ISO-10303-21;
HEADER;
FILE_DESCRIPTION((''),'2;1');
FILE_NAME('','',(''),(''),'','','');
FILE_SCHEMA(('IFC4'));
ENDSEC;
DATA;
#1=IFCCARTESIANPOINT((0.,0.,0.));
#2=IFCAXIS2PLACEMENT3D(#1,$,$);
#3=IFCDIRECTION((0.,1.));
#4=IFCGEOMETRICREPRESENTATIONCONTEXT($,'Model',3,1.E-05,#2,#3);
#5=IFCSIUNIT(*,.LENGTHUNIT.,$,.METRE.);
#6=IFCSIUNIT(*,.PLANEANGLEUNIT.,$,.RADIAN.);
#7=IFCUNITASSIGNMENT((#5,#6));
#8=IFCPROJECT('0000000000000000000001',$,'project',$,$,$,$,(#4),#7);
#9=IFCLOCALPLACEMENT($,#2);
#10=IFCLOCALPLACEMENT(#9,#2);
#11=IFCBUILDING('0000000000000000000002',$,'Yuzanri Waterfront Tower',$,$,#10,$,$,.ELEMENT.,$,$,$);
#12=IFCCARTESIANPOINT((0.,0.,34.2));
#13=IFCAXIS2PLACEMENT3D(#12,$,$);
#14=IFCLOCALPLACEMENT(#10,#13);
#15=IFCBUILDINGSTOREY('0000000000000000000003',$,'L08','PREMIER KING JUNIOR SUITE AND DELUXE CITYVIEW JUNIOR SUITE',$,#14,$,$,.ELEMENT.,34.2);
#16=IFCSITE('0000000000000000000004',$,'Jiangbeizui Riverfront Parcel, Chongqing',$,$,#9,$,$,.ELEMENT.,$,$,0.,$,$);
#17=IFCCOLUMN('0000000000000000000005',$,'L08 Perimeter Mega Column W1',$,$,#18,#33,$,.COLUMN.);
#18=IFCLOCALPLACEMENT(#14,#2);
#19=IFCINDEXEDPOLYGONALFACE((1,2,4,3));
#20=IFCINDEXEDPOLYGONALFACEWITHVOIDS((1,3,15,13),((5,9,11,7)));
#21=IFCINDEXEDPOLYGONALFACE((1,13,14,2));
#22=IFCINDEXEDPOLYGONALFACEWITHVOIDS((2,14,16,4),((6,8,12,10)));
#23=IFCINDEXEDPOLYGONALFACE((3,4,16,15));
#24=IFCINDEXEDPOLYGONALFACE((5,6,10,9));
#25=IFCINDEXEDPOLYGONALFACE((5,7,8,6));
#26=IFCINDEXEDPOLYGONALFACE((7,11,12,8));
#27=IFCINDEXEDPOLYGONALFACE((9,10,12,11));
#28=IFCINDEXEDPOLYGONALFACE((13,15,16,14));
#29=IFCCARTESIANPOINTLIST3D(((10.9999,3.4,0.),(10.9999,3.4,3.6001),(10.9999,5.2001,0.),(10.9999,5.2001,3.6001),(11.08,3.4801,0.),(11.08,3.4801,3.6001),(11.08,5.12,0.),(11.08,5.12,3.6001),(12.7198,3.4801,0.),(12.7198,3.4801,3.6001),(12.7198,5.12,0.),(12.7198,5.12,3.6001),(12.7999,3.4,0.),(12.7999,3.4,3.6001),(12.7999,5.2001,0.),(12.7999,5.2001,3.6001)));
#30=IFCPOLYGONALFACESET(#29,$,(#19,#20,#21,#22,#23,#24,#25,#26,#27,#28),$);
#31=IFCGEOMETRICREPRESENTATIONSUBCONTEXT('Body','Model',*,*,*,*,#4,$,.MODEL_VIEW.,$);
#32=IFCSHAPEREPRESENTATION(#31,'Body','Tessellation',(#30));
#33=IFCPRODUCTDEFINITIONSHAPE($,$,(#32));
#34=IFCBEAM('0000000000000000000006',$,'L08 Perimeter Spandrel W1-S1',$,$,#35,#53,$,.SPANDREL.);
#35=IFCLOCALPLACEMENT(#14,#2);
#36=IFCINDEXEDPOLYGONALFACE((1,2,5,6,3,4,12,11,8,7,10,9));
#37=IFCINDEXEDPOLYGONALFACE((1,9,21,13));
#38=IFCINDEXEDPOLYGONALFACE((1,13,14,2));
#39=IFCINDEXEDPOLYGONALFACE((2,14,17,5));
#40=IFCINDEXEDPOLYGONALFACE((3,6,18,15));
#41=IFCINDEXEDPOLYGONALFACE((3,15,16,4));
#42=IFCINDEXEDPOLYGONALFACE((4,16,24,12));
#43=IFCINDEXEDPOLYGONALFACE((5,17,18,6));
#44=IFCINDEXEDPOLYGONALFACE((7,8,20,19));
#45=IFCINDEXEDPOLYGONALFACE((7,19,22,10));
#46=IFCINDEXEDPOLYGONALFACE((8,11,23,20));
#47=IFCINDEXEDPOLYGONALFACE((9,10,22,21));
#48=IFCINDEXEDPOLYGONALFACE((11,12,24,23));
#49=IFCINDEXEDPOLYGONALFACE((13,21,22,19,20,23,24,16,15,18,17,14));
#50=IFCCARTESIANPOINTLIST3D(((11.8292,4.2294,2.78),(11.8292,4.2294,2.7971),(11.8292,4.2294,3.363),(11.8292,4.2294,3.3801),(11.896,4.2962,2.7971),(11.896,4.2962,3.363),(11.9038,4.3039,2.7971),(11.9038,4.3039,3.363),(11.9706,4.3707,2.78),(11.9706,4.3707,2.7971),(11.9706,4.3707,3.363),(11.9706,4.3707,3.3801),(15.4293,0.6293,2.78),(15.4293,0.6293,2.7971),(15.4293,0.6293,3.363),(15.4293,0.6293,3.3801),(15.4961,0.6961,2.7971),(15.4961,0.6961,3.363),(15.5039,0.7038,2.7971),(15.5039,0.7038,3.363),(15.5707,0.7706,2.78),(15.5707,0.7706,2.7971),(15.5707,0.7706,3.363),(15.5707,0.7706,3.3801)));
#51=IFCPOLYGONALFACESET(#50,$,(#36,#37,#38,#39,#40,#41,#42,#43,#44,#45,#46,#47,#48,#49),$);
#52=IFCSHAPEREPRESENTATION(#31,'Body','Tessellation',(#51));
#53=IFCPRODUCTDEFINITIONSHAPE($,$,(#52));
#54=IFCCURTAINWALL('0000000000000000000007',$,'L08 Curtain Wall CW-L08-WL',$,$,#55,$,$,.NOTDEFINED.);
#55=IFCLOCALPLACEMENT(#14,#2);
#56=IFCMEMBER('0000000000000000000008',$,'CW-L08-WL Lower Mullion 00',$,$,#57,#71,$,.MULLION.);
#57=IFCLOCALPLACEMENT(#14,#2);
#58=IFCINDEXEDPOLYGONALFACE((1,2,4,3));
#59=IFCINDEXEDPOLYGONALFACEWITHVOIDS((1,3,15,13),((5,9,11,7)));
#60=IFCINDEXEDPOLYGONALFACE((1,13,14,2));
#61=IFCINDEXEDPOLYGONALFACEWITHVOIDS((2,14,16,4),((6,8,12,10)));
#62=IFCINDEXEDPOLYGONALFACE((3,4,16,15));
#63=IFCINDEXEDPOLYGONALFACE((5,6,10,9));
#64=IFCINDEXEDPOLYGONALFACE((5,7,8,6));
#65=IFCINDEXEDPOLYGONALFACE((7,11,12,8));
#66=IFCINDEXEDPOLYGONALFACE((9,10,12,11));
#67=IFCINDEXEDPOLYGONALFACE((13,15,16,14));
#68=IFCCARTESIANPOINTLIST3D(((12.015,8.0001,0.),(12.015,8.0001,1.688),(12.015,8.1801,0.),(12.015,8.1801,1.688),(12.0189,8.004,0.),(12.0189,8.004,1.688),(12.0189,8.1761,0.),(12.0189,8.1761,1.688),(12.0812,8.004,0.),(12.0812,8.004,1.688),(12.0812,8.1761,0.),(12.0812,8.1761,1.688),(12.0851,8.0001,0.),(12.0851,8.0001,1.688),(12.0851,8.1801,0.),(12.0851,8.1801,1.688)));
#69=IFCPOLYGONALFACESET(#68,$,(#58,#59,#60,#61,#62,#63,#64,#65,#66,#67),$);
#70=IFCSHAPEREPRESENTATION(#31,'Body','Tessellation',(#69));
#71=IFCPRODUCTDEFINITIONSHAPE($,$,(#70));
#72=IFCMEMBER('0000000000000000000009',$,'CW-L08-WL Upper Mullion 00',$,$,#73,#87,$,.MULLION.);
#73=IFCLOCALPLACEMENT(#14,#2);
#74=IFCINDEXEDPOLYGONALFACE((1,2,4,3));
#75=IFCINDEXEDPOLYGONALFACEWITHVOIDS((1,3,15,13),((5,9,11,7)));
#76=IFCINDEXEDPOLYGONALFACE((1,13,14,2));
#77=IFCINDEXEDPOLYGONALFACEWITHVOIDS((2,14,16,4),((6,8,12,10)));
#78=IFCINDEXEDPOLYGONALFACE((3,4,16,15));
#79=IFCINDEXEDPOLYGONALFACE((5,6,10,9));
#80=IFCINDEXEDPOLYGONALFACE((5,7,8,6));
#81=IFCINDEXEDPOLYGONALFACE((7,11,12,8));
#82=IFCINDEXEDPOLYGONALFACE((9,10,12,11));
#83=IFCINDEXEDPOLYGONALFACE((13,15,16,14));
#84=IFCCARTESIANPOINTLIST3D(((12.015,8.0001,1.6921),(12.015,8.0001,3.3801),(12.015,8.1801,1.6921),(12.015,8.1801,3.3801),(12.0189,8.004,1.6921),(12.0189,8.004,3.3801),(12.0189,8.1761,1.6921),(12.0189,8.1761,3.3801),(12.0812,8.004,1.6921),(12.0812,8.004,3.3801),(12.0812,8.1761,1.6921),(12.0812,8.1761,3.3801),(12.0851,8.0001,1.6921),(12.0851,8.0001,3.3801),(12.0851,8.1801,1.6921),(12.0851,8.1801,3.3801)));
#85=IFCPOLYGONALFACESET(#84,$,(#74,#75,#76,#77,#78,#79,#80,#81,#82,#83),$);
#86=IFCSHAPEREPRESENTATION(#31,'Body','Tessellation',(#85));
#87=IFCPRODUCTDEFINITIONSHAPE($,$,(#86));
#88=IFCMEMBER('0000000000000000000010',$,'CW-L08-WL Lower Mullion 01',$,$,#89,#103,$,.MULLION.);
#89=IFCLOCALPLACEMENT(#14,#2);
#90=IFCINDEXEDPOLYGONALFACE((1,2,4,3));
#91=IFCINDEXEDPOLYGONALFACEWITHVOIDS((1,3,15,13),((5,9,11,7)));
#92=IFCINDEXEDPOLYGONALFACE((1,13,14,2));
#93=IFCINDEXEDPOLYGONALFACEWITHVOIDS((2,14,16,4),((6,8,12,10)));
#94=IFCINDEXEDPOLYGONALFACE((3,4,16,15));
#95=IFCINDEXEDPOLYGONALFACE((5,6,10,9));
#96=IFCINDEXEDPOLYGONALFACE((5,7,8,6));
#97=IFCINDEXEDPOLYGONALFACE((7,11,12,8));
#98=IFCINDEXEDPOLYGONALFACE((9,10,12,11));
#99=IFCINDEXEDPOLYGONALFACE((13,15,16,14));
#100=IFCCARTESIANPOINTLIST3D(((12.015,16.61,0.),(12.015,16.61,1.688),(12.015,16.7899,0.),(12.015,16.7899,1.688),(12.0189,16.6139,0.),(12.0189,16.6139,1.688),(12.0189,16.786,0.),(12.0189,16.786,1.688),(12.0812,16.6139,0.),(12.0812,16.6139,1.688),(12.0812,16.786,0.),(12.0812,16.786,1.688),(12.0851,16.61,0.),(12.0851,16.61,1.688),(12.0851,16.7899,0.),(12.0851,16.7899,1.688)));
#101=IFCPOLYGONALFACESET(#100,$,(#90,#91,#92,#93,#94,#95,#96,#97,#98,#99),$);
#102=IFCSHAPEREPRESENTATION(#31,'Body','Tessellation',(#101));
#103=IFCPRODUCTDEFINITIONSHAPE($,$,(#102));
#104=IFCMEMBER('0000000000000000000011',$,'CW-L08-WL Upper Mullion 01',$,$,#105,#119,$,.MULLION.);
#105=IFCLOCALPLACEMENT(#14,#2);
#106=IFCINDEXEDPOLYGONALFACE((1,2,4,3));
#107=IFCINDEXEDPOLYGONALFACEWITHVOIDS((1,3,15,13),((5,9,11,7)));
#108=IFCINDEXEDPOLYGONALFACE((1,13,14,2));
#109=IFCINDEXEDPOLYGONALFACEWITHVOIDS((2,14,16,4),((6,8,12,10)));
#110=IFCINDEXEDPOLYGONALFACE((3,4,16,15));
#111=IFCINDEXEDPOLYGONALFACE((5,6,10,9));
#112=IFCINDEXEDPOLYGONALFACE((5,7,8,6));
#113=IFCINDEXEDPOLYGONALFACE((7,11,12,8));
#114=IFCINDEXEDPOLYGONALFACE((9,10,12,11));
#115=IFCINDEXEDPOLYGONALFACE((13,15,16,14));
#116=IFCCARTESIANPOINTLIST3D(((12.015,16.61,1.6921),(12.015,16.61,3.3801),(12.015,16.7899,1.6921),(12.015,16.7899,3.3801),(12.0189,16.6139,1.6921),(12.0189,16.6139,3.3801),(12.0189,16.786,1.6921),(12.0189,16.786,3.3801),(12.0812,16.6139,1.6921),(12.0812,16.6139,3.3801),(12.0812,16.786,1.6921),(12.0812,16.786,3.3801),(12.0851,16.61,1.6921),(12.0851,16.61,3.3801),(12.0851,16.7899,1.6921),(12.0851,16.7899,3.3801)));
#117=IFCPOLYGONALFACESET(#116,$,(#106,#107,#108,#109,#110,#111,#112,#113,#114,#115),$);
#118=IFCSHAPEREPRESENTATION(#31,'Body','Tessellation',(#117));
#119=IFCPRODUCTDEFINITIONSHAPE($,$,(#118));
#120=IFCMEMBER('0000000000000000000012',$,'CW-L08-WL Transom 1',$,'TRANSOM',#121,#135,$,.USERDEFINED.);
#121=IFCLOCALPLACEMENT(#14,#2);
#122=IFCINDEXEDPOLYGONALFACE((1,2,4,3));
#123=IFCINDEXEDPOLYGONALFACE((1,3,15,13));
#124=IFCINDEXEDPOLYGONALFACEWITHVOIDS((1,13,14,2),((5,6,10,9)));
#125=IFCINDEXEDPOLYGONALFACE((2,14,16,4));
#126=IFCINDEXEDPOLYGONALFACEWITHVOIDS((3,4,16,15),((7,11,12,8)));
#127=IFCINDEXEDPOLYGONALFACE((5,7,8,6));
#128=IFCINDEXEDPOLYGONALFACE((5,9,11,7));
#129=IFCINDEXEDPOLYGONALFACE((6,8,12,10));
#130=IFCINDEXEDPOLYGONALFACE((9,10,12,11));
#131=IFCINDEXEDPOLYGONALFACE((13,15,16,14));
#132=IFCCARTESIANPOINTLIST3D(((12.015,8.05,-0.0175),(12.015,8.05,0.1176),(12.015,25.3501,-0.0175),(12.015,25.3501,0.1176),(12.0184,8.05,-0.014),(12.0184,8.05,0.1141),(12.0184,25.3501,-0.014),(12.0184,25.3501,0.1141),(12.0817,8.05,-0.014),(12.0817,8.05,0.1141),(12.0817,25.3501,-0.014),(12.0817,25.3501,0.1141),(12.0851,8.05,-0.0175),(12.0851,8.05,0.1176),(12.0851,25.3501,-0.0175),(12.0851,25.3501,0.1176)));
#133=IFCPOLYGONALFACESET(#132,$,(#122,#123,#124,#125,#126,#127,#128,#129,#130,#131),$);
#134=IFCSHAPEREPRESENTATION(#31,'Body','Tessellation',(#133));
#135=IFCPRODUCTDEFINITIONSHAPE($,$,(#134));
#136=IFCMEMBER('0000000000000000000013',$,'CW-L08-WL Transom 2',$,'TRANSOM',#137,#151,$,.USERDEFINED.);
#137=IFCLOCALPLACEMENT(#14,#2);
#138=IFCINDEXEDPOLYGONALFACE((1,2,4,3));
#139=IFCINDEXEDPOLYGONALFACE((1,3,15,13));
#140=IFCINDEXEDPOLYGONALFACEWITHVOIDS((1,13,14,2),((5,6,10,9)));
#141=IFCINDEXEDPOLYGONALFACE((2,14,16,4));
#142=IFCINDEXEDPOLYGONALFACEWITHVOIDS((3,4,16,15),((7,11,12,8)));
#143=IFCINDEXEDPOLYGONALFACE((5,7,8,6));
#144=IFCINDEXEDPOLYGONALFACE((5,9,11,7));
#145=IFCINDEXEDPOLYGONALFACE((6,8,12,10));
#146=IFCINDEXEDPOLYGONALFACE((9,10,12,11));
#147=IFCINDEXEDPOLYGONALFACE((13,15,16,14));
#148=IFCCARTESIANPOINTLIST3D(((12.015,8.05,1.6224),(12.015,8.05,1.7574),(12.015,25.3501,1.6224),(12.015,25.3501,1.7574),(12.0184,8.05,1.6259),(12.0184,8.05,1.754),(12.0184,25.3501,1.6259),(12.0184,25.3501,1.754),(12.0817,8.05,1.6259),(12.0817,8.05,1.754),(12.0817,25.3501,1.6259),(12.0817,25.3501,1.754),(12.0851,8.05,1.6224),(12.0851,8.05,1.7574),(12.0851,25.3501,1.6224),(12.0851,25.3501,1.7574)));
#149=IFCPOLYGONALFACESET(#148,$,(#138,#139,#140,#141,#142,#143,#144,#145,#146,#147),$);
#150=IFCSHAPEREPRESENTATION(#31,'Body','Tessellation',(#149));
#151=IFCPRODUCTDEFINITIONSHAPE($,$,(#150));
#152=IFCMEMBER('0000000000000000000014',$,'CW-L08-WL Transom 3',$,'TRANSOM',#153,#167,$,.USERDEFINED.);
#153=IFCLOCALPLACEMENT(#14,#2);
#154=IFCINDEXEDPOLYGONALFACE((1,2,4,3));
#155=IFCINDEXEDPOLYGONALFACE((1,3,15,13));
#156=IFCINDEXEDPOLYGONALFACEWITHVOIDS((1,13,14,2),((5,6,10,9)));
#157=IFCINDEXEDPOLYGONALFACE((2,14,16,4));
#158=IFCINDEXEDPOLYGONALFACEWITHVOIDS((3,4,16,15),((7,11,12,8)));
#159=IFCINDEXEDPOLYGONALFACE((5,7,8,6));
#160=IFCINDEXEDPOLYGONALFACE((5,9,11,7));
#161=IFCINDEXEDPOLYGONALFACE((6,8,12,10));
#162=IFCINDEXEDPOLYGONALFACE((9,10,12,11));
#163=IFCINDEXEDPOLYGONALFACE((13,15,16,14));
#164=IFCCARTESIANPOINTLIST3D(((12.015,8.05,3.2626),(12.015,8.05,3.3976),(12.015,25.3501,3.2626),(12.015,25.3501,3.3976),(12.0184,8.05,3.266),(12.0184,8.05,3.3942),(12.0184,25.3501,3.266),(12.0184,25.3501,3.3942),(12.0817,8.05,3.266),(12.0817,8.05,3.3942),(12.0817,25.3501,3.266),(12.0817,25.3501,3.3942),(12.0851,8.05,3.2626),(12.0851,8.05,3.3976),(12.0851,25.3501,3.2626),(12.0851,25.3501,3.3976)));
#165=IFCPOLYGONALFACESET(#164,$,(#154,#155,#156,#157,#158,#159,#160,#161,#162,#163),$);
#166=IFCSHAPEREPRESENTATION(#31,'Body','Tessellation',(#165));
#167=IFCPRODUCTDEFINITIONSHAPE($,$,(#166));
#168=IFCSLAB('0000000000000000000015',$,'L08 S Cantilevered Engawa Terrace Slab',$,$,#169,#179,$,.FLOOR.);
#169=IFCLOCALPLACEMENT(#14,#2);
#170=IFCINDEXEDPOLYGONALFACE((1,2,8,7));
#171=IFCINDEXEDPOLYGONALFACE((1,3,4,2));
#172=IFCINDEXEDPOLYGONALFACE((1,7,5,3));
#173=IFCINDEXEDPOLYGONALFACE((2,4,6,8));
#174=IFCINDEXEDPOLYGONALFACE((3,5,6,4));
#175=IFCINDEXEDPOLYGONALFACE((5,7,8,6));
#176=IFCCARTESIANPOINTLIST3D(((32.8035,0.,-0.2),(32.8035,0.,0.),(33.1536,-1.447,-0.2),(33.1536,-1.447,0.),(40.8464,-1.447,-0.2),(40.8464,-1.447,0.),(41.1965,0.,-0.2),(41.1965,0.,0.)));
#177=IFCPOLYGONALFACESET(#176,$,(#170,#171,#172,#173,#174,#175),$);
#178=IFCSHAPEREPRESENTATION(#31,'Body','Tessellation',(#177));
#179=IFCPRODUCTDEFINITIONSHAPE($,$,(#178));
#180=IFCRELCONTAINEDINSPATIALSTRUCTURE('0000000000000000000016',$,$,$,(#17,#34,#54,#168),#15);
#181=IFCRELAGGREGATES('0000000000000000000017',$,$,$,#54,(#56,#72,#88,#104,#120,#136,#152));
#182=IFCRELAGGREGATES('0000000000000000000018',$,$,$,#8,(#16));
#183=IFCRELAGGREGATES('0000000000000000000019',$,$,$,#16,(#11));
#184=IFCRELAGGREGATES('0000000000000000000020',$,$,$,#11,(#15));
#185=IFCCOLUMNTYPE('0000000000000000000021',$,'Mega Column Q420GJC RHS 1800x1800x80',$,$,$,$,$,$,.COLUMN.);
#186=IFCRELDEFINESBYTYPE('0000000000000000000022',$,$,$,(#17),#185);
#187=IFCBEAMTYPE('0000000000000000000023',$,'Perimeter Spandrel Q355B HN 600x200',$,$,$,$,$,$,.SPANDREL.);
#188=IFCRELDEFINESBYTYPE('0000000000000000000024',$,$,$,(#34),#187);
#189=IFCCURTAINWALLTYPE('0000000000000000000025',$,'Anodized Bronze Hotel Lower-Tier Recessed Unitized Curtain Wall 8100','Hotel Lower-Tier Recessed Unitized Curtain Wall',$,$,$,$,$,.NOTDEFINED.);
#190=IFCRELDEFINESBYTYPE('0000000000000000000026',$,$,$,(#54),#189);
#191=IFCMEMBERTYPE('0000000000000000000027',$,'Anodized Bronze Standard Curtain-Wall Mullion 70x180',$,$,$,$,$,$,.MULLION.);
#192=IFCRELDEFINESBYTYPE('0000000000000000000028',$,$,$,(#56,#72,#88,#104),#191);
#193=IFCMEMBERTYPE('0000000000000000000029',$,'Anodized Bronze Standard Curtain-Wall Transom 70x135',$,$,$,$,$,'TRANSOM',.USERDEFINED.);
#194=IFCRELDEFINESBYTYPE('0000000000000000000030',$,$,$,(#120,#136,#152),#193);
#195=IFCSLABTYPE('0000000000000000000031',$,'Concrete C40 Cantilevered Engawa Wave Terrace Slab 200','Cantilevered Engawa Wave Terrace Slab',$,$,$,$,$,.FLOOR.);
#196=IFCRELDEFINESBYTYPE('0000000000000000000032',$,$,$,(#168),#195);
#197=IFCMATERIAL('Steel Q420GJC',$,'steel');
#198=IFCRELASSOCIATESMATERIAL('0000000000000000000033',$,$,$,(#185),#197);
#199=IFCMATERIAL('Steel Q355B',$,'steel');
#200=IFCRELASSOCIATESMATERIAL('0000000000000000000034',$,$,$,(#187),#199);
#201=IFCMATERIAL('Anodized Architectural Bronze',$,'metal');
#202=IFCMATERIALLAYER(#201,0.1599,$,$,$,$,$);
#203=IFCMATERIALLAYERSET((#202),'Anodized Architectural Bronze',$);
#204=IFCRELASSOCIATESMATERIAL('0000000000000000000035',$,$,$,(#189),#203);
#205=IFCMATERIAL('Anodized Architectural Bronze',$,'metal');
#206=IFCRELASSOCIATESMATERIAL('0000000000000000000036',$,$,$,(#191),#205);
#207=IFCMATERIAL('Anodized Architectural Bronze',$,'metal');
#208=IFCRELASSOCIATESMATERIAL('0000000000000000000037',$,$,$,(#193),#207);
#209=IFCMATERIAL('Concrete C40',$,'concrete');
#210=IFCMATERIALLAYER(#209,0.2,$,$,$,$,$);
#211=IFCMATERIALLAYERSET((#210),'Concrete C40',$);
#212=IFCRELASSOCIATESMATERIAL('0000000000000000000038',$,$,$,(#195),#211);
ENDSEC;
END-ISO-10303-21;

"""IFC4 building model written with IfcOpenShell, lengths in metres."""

from ifc_helpers import new_model, si_unit, direction, frame, origin, origin_2d, place, context, subcontext, project, spatial, polyline, hollow_rectangle, i_section, outline, extrude, source, transform, mapped, material, layer, layer_set, material_profile, profile_set, type_object, element, aggregate, save


model = new_model("IFC4")

# Units and contexts
model_context = context("Model", 3, precision=1e-05, world=origin(), true_north=direction((0.0, 1.0)))
body_context = subcontext(model_context, "Body", "Model", "MODEL_VIEW")
ifc_project = project(units=[si_unit("LENGTHUNIT", "METRE"), si_unit("PLANEANGLEUNIT", "RADIAN")], contexts=[model_context])

# Site, building, storey
site_placement = place(None, origin())
site = spatial("IfcSite", under=ifc_project, at=site_placement, Name="Jiangbeizui Riverfront Parcel, Chongqing", CompositionType="ELEMENT", RefElevation=0.0)
building_placement = place(site_placement, origin())
building = spatial("IfcBuilding", under=site, at=building_placement, Name="Yuzanri Waterfront Tower", CompositionType="ELEMENT")
storey_placement = place(building_placement, frame((0.0, 0.0, 34.2)))
storey = spatial("IfcBuildingStorey", under=building, at=storey_placement, Name="L08", Description="PREMIER KING JUNIOR SUITE AND DELUXE CITYVIEW JUNIOR SUITE", CompositionType="ELEMENT", Elevation=34.2)

# Column
ifc_material_1 = material(Name="Steel Q420GJC", Category="steel")
ifc_material_profile_1 = material_profile(ifc_material_1, hollow_rectangle(XDim=1.8, YDim=1.8, WallThickness=0.0801, at=origin_2d()), Name="RHS 1800x1800x80")
ifc_profile_set_1 = profile_set([ifc_material_profile_1], Name="Steel Q420GJC")
column_type = type_object("IfcColumnType", Name="Mega Column Q420GJC RHS 1800x1800x80", PredefinedType="COLUMN", material=ifc_profile_set_1)
shared_shape_1 = source(origin(), body_context, "Body", "SweptSolid", [
    extrude(hollow_rectangle(XDim=1.8, YDim=1.8, WallThickness=0.0801, at=origin_2d()), origin(), (0.0, 0.0, 1.0), 3.6001),
])
column_placement = place(storey_placement, frame((11.8999, 4.3, 0.0), z_axis=(0.0, 0.0, 1.0), x_axis=(1.0, 0.0, 0.0)))
element("IfcColumn", 1, at=column_placement, inside=storey, type_object=column_type, Name="L08 Perimeter Mega Column W1", PredefinedType="COLUMN", context=body_context, shape_type="MappedRepresentation", body=[
    mapped(shared_shape_1, transform((0.0, 0.0, 0.0), scale=1.0)),
])

# Beam
ifc_material_2 = material(Name="Steel Q355B", Category="steel")
ifc_material_profile_2 = material_profile(ifc_material_2, i_section(OverallWidth=0.2, OverallDepth=0.6001, WebThickness=0.011, FlangeThickness=0.0171, at=origin_2d()), Name="HN 600x200x11x17")
ifc_profile_set_2 = profile_set([ifc_material_profile_2], Name="Steel Q355B")
beam_type = type_object("IfcBeamType", Name="Perimeter Spandrel Q355B HN 600x200", PredefinedType="SPANDREL", material=ifc_profile_set_2)
shared_shape_2 = source(origin(), body_context, "Body", "SweptSolid", [
    extrude(i_section(OverallWidth=0.2, OverallDepth=0.6001, WebThickness=0.011, FlangeThickness=0.0171, at=origin_2d()), origin(), (0.0, 0.0, 1.0), 5.0913),
])
beam_placement = place(storey_placement, frame((11.8999, 4.3, 3.0801), z_axis=(0.707107, -0.707107, 0.0), x_axis=(0.707107, 0.707107, 0.0)))
element("IfcBeam", 2, at=beam_placement, inside=storey, type_object=beam_type, Name="L08 Perimeter Spandrel W1-S1", PredefinedType="SPANDREL", context=body_context, shape_type="MappedRepresentation", body=[
    mapped(shared_shape_2, transform((0.0, 0.0, 0.0), scale=1.0)),
])

# Curtain wall, members
ifc_material_3 = material(Name="Anodized Architectural Bronze", Category="metal")
ifc_layer_1 = layer(ifc_material_3, 0.1599)
ifc_layer_set_1 = layer_set([ifc_layer_1], Name="Anodized Architectural Bronze")
curtain_wall_type = type_object("IfcCurtainWallType", Name="Anodized Bronze Hotel Lower-Tier Recessed Unitized Curtain Wall 8100", Description="Hotel Lower-Tier Recessed Unitized Curtain Wall", PredefinedType="NOTDEFINED", material=ifc_layer_set_1)
curtain_wall_placement = place(storey_placement, origin())
curtain_wall = element("IfcCurtainWall", 3, at=curtain_wall_placement, inside=storey, type_object=curtain_wall_type, Name="L08 Curtain Wall CW-L08-WL", PredefinedType="NOTDEFINED")
ifc_material_4 = material(Name="Anodized Architectural Bronze", Category="metal")
ifc_material_profile_3 = material_profile(ifc_material_4, hollow_rectangle(XDim=0.0701, YDim=0.1799, WallThickness=0.0039, at=origin_2d()), Name="CWM 70x180")
ifc_profile_set_3 = profile_set([ifc_material_profile_3], Name="Anodized Architectural Bronze")
member_type_1 = type_object("IfcMemberType", Name="Anodized Bronze Standard Curtain-Wall Mullion 70x180", PredefinedType="MULLION", material=ifc_profile_set_3)
shared_shape_3 = source(origin(), body_context, "Body", "SweptSolid", [
    extrude(hollow_rectangle(XDim=0.0701, YDim=0.1799, WallThickness=0.0039, at=origin_2d()), origin(), (0.0, 0.0, 1.0), 1.688),
])
member_1_placement = place(storey_placement, frame((12.05, 8.0901, 0.0), z_axis=(0.0, 0.0, 1.0), x_axis=(1.0, 0.0, 0.0)))
member_1 = element("IfcMember", 4, at=member_1_placement, type_object=member_type_1, Name="CW-L08-WL Lower Mullion 00", PredefinedType="MULLION", context=body_context, shape_type="MappedRepresentation", body=[
    mapped(shared_shape_3, transform((0.0, 0.0, 0.0), scale=1.0)),
])
member_2_placement = place(storey_placement, frame((12.05, 8.0901, 1.6921), z_axis=(0.0, 0.0, 1.0), x_axis=(1.0, 0.0, 0.0)))
member_2 = element("IfcMember", 5, at=member_2_placement, type_object=member_type_1, Name="CW-L08-WL Upper Mullion 00", PredefinedType="MULLION", context=body_context, shape_type="MappedRepresentation", body=[
    mapped(shared_shape_3, transform((0.0, 0.0, 0.0), scale=1.0)),
])
member_3_placement = place(storey_placement, frame((12.05, 16.7, 0.0), z_axis=(0.0, 0.0, 1.0), x_axis=(1.0, 0.0, 0.0)))
member_3 = element("IfcMember", 6, at=member_3_placement, type_object=member_type_1, Name="CW-L08-WL Lower Mullion 01", PredefinedType="MULLION", context=body_context, shape_type="MappedRepresentation", body=[
    mapped(shared_shape_3, transform((0.0, 0.0, 0.0), scale=1.0)),
])
member_4_placement = place(storey_placement, frame((12.05, 16.7, 1.6921), z_axis=(0.0, 0.0, 1.0), x_axis=(1.0, 0.0, 0.0)))
member_4 = element("IfcMember", 7, at=member_4_placement, type_object=member_type_1, Name="CW-L08-WL Upper Mullion 01", PredefinedType="MULLION", context=body_context, shape_type="MappedRepresentation", body=[
    mapped(shared_shape_3, transform((0.0, 0.0, 0.0), scale=1.0)),
])
ifc_material_5 = material(Name="Anodized Architectural Bronze", Category="metal")
ifc_material_profile_4 = material_profile(ifc_material_5, hollow_rectangle(XDim=0.0701, YDim=0.135, WallThickness=0.0034, at=origin_2d()), Name="CWT 70x135")
ifc_profile_set_4 = profile_set([ifc_material_profile_4], Name="Anodized Architectural Bronze")
member_type_2 = type_object("IfcMemberType", Name="Anodized Bronze Standard Curtain-Wall Transom 70x135", ElementType="TRANSOM", PredefinedType="USERDEFINED", material=ifc_profile_set_4)
shared_shape_4 = source(origin(), body_context, "Body", "SweptSolid", [
    extrude(hollow_rectangle(XDim=0.0701, YDim=0.135, WallThickness=0.0034, at=origin_2d()), origin(), (0.0, 0.0, 1.0), 17.3),
])
member_5_placement = place(storey_placement, frame((12.05, 8.05, 0.05), z_axis=(0.0, 1.0, 0.0), x_axis=(-1.0, 0.0, 0.0)))
member_5 = element("IfcMember", 8, at=member_5_placement, type_object=member_type_2, Name="CW-L08-WL Transom 1", ObjectType="TRANSOM", PredefinedType="USERDEFINED", context=body_context, shape_type="MappedRepresentation", body=[
    mapped(shared_shape_4, transform((0.0, 0.0, 0.0), scale=1.0)),
])
member_6_placement = place(storey_placement, frame((12.05, 8.05, 1.6899), z_axis=(0.0, 1.0, 0.0), x_axis=(-1.0, 0.0, 0.0)))
member_6 = element("IfcMember", 9, at=member_6_placement, type_object=member_type_2, Name="CW-L08-WL Transom 2", ObjectType="TRANSOM", PredefinedType="USERDEFINED", context=body_context, shape_type="MappedRepresentation", body=[
    mapped(shared_shape_4, transform((0.0, 0.0, 0.0), scale=1.0)),
])
member_7_placement = place(storey_placement, frame((12.05, 8.05, 3.3301), z_axis=(0.0, 1.0, 0.0), x_axis=(-1.0, 0.0, 0.0)))
member_7 = element("IfcMember", 10, at=member_7_placement, type_object=member_type_2, Name="CW-L08-WL Transom 3", ObjectType="TRANSOM", PredefinedType="USERDEFINED", context=body_context, shape_type="MappedRepresentation", body=[
    mapped(shared_shape_4, transform((0.0, 0.0, 0.0), scale=1.0)),
])

# Slab
ifc_material_6 = material(Name="Concrete C40", Category="concrete")
ifc_layer_2 = layer(ifc_material_6, 0.2)
ifc_layer_set_2 = layer_set([ifc_layer_2], Name="Concrete C40")
slab_type_1 = type_object("IfcSlabType", Name="Concrete C40 Cantilevered Engawa Wave Terrace Slab 200", Description="Cantilevered Engawa Wave Terrace Slab", PredefinedType="FLOOR", material=ifc_layer_set_2)
slab_1_placement = place(storey_placement, frame((0.0, 0.0, -0.2)))
element("IfcSlab", 11, at=slab_1_placement, inside=storey, type_object=slab_type_1, Name="L08 S Cantilevered Engawa Terrace Slab", PredefinedType="FLOOR", context=body_context, shape_type="SweptSolid", body=[
    extrude(outline(polyline([(32.8035, 0.0), (41.1965, 0.0), (40.8464, -1.447), (33.1536, -1.447), (32.8035, 0.0)])), origin(), (0.0, 0.0, 1.0), 0.2),
])

aggregate(curtain_wall, [member_1, member_2, member_3, member_4, member_5, member_6, member_7])

save(model, "model.ifc")
